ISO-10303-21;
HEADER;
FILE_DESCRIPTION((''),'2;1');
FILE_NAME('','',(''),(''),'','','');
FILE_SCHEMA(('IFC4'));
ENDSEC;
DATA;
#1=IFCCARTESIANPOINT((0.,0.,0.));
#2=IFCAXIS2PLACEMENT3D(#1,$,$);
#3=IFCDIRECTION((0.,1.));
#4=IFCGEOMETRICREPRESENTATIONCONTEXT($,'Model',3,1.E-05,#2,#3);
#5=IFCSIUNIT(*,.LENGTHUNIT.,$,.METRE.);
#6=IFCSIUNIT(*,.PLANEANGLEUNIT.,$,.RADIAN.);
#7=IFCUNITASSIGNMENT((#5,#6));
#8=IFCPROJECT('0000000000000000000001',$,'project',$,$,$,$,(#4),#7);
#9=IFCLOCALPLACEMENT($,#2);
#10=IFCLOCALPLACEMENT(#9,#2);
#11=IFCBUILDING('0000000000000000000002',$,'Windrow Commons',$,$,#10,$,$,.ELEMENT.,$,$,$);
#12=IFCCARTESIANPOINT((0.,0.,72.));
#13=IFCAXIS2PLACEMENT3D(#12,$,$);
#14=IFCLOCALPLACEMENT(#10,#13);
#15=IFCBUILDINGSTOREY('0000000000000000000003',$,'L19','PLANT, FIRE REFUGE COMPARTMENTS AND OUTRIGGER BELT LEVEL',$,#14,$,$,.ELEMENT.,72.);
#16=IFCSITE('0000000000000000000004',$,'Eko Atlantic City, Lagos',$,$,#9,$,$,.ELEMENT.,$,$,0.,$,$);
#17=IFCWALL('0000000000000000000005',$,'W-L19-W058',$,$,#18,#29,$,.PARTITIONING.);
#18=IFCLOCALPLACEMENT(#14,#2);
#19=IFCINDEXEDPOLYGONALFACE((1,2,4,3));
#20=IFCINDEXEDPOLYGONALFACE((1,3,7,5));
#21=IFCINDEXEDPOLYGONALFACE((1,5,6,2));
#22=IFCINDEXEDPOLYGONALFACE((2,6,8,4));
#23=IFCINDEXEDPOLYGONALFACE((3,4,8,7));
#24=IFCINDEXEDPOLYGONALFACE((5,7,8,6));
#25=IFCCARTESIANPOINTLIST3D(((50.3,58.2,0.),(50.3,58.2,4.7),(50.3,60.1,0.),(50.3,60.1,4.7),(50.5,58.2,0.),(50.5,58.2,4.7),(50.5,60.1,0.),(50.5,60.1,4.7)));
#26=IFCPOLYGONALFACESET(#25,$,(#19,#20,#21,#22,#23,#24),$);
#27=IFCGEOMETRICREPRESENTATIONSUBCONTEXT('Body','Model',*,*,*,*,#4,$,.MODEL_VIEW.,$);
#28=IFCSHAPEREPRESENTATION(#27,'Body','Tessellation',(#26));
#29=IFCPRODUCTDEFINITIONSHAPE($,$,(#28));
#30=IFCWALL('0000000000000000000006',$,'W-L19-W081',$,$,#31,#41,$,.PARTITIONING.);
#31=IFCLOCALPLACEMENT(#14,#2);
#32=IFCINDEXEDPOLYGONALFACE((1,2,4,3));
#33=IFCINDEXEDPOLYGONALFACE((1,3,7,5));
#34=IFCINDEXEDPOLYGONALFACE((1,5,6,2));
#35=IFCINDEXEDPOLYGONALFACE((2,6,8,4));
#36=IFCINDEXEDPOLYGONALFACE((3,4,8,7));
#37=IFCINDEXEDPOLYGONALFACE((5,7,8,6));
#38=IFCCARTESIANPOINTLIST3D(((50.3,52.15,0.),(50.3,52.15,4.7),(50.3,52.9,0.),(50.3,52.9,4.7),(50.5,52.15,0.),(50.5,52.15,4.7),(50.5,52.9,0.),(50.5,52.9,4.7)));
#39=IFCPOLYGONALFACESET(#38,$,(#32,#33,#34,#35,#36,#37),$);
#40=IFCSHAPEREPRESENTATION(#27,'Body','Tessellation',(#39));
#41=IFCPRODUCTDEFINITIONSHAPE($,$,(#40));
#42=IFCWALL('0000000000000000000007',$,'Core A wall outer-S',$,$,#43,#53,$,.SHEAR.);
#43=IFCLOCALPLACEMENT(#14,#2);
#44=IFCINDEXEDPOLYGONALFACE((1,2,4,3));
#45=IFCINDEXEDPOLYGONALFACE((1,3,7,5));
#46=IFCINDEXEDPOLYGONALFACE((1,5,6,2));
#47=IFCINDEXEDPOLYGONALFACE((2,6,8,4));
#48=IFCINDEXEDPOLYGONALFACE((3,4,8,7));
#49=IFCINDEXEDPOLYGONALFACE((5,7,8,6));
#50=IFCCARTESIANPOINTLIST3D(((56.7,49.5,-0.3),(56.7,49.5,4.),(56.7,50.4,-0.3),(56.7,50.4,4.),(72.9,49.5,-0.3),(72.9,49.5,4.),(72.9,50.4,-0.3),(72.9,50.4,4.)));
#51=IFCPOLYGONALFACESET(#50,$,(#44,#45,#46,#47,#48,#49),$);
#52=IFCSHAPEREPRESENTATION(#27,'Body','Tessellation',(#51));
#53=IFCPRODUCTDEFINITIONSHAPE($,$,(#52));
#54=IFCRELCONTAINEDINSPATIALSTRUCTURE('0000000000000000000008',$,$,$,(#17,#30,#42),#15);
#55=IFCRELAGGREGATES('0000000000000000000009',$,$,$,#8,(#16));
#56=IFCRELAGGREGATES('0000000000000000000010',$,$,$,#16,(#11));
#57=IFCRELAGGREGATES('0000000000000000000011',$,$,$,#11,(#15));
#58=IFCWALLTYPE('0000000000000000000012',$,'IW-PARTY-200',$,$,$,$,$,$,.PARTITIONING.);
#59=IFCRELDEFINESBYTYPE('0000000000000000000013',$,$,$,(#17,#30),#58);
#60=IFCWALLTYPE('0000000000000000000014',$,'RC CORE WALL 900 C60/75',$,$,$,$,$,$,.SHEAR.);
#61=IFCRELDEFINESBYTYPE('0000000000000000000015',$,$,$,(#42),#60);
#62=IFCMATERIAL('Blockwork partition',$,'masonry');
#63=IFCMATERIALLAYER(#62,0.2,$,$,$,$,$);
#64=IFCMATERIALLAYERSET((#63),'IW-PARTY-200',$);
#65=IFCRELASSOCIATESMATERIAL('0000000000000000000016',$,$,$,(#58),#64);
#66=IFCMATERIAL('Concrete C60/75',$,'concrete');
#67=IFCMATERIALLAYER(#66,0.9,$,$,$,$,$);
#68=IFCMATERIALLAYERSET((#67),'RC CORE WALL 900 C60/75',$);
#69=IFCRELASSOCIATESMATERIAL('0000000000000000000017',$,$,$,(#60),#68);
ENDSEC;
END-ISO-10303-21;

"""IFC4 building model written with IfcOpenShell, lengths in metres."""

from ifc_helpers import new_model, si_unit, direction, frame, frame_2d, origin, place, context, subcontext, project, spatial, rectangle, extrude, material, layer, layer_set, type_object, element, save


model = new_model("IFC4")

# Units and contexts
model_context = context("Model", 3, precision=1e-05, world=origin(), true_north=direction((0.0, 1.0)))
body_context = subcontext(model_context, "Body", "Model", "MODEL_VIEW")
ifc_project = project(units=[si_unit("LENGTHUNIT", "METRE"), si_unit("PLANEANGLEUNIT", "RADIAN")], contexts=[model_context])

# Site, building, storey
site_placement = place(None, origin())
site = spatial("IfcSite", under=ifc_project, at=site_placement, Name="Eko Atlantic City, Lagos", CompositionType="ELEMENT", RefElevation=0.0)
building_placement = place(site_placement, origin())
building = spatial("IfcBuilding", under=site, at=building_placement, Name="Windrow Commons", CompositionType="ELEMENT")
storey_placement = place(building_placement, frame((0.0, 0.0, 72.0)))
storey = spatial("IfcBuildingStorey", under=building, at=storey_placement, Name="L19", Description="PLANT, FIRE REFUGE COMPARTMENTS AND OUTRIGGER BELT LEVEL", CompositionType="ELEMENT", Elevation=72.0)

# Walls
ifc_material_1 = material(Name="Blockwork partition", Category="masonry")
ifc_layer_1 = layer(ifc_material_1, 0.2)
ifc_layer_set_1 = layer_set([ifc_layer_1], Name="IW-PARTY-200")
wall_type_1 = type_object("IfcWallType", Name="IW-PARTY-200", PredefinedType="PARTITIONING", material=ifc_layer_set_1)
for number, where, z_axis, x_axis, name in (
    (1, (50.4, 58.2, 0.0), (0.0, 0.0, 1.0), (0.0, 1.0, 0.0), "W-L19-W058"),
):
    element("IfcWall", number, at=place(storey_placement, frame(where, z_axis=z_axis, x_axis=x_axis)), inside=storey, type_object=wall_type_1, Name=name, PredefinedType="PARTITIONING", context=body_context, shape_type="SweptSolid", body=[
        extrude(rectangle(XDim=1.9, YDim=0.2, at=frame_2d((0.95, 0.0))), origin(), (0.0, 0.0, 1.0), 4.7),
    ])
wall_1_placement = place(storey_placement, frame((50.4, 52.15, 0.0), z_axis=(0.0, 0.0, 1.0), x_axis=(0.0, 1.0, 0.0)))
element("IfcWall", 2, at=wall_1_placement, inside=storey, type_object=wall_type_1, Name="W-L19-W081", PredefinedType="PARTITIONING", context=body_context, shape_type="SweptSolid", body=[
    extrude(rectangle(XDim=0.75, YDim=0.2, at=frame_2d((0.375, 0.0))), origin(), (0.0, 0.0, 1.0), 4.7),
])
ifc_material_2 = material(Name="Concrete C60/75", Category="concrete")
ifc_layer_2 = layer(ifc_material_2, 0.9)
ifc_layer_set_2 = layer_set([ifc_layer_2], Name="RC CORE WALL 900 C60/75")
wall_type_2 = type_object("IfcWallType", Name="RC CORE WALL 900 C60/75", PredefinedType="SHEAR", material=ifc_layer_set_2)
wall_2_placement = place(storey_placement, frame((56.7, 49.95, -0.3), z_axis=(0.0, 0.0, 1.0), x_axis=(1.0, 0.0, 0.0)))
element("IfcWall", 3, at=wall_2_placement, inside=storey, type_object=wall_type_2, Name="Core A wall outer-S", PredefinedType="SHEAR", context=body_context, shape_type="SweptSolid", body=[
    extrude(rectangle(XDim=16.2, YDim=0.9, at=frame_2d((8.1, 0.0))), origin(), (0.0, 0.0, 1.0), 4.3),
])

save(model, "model.ifc")
